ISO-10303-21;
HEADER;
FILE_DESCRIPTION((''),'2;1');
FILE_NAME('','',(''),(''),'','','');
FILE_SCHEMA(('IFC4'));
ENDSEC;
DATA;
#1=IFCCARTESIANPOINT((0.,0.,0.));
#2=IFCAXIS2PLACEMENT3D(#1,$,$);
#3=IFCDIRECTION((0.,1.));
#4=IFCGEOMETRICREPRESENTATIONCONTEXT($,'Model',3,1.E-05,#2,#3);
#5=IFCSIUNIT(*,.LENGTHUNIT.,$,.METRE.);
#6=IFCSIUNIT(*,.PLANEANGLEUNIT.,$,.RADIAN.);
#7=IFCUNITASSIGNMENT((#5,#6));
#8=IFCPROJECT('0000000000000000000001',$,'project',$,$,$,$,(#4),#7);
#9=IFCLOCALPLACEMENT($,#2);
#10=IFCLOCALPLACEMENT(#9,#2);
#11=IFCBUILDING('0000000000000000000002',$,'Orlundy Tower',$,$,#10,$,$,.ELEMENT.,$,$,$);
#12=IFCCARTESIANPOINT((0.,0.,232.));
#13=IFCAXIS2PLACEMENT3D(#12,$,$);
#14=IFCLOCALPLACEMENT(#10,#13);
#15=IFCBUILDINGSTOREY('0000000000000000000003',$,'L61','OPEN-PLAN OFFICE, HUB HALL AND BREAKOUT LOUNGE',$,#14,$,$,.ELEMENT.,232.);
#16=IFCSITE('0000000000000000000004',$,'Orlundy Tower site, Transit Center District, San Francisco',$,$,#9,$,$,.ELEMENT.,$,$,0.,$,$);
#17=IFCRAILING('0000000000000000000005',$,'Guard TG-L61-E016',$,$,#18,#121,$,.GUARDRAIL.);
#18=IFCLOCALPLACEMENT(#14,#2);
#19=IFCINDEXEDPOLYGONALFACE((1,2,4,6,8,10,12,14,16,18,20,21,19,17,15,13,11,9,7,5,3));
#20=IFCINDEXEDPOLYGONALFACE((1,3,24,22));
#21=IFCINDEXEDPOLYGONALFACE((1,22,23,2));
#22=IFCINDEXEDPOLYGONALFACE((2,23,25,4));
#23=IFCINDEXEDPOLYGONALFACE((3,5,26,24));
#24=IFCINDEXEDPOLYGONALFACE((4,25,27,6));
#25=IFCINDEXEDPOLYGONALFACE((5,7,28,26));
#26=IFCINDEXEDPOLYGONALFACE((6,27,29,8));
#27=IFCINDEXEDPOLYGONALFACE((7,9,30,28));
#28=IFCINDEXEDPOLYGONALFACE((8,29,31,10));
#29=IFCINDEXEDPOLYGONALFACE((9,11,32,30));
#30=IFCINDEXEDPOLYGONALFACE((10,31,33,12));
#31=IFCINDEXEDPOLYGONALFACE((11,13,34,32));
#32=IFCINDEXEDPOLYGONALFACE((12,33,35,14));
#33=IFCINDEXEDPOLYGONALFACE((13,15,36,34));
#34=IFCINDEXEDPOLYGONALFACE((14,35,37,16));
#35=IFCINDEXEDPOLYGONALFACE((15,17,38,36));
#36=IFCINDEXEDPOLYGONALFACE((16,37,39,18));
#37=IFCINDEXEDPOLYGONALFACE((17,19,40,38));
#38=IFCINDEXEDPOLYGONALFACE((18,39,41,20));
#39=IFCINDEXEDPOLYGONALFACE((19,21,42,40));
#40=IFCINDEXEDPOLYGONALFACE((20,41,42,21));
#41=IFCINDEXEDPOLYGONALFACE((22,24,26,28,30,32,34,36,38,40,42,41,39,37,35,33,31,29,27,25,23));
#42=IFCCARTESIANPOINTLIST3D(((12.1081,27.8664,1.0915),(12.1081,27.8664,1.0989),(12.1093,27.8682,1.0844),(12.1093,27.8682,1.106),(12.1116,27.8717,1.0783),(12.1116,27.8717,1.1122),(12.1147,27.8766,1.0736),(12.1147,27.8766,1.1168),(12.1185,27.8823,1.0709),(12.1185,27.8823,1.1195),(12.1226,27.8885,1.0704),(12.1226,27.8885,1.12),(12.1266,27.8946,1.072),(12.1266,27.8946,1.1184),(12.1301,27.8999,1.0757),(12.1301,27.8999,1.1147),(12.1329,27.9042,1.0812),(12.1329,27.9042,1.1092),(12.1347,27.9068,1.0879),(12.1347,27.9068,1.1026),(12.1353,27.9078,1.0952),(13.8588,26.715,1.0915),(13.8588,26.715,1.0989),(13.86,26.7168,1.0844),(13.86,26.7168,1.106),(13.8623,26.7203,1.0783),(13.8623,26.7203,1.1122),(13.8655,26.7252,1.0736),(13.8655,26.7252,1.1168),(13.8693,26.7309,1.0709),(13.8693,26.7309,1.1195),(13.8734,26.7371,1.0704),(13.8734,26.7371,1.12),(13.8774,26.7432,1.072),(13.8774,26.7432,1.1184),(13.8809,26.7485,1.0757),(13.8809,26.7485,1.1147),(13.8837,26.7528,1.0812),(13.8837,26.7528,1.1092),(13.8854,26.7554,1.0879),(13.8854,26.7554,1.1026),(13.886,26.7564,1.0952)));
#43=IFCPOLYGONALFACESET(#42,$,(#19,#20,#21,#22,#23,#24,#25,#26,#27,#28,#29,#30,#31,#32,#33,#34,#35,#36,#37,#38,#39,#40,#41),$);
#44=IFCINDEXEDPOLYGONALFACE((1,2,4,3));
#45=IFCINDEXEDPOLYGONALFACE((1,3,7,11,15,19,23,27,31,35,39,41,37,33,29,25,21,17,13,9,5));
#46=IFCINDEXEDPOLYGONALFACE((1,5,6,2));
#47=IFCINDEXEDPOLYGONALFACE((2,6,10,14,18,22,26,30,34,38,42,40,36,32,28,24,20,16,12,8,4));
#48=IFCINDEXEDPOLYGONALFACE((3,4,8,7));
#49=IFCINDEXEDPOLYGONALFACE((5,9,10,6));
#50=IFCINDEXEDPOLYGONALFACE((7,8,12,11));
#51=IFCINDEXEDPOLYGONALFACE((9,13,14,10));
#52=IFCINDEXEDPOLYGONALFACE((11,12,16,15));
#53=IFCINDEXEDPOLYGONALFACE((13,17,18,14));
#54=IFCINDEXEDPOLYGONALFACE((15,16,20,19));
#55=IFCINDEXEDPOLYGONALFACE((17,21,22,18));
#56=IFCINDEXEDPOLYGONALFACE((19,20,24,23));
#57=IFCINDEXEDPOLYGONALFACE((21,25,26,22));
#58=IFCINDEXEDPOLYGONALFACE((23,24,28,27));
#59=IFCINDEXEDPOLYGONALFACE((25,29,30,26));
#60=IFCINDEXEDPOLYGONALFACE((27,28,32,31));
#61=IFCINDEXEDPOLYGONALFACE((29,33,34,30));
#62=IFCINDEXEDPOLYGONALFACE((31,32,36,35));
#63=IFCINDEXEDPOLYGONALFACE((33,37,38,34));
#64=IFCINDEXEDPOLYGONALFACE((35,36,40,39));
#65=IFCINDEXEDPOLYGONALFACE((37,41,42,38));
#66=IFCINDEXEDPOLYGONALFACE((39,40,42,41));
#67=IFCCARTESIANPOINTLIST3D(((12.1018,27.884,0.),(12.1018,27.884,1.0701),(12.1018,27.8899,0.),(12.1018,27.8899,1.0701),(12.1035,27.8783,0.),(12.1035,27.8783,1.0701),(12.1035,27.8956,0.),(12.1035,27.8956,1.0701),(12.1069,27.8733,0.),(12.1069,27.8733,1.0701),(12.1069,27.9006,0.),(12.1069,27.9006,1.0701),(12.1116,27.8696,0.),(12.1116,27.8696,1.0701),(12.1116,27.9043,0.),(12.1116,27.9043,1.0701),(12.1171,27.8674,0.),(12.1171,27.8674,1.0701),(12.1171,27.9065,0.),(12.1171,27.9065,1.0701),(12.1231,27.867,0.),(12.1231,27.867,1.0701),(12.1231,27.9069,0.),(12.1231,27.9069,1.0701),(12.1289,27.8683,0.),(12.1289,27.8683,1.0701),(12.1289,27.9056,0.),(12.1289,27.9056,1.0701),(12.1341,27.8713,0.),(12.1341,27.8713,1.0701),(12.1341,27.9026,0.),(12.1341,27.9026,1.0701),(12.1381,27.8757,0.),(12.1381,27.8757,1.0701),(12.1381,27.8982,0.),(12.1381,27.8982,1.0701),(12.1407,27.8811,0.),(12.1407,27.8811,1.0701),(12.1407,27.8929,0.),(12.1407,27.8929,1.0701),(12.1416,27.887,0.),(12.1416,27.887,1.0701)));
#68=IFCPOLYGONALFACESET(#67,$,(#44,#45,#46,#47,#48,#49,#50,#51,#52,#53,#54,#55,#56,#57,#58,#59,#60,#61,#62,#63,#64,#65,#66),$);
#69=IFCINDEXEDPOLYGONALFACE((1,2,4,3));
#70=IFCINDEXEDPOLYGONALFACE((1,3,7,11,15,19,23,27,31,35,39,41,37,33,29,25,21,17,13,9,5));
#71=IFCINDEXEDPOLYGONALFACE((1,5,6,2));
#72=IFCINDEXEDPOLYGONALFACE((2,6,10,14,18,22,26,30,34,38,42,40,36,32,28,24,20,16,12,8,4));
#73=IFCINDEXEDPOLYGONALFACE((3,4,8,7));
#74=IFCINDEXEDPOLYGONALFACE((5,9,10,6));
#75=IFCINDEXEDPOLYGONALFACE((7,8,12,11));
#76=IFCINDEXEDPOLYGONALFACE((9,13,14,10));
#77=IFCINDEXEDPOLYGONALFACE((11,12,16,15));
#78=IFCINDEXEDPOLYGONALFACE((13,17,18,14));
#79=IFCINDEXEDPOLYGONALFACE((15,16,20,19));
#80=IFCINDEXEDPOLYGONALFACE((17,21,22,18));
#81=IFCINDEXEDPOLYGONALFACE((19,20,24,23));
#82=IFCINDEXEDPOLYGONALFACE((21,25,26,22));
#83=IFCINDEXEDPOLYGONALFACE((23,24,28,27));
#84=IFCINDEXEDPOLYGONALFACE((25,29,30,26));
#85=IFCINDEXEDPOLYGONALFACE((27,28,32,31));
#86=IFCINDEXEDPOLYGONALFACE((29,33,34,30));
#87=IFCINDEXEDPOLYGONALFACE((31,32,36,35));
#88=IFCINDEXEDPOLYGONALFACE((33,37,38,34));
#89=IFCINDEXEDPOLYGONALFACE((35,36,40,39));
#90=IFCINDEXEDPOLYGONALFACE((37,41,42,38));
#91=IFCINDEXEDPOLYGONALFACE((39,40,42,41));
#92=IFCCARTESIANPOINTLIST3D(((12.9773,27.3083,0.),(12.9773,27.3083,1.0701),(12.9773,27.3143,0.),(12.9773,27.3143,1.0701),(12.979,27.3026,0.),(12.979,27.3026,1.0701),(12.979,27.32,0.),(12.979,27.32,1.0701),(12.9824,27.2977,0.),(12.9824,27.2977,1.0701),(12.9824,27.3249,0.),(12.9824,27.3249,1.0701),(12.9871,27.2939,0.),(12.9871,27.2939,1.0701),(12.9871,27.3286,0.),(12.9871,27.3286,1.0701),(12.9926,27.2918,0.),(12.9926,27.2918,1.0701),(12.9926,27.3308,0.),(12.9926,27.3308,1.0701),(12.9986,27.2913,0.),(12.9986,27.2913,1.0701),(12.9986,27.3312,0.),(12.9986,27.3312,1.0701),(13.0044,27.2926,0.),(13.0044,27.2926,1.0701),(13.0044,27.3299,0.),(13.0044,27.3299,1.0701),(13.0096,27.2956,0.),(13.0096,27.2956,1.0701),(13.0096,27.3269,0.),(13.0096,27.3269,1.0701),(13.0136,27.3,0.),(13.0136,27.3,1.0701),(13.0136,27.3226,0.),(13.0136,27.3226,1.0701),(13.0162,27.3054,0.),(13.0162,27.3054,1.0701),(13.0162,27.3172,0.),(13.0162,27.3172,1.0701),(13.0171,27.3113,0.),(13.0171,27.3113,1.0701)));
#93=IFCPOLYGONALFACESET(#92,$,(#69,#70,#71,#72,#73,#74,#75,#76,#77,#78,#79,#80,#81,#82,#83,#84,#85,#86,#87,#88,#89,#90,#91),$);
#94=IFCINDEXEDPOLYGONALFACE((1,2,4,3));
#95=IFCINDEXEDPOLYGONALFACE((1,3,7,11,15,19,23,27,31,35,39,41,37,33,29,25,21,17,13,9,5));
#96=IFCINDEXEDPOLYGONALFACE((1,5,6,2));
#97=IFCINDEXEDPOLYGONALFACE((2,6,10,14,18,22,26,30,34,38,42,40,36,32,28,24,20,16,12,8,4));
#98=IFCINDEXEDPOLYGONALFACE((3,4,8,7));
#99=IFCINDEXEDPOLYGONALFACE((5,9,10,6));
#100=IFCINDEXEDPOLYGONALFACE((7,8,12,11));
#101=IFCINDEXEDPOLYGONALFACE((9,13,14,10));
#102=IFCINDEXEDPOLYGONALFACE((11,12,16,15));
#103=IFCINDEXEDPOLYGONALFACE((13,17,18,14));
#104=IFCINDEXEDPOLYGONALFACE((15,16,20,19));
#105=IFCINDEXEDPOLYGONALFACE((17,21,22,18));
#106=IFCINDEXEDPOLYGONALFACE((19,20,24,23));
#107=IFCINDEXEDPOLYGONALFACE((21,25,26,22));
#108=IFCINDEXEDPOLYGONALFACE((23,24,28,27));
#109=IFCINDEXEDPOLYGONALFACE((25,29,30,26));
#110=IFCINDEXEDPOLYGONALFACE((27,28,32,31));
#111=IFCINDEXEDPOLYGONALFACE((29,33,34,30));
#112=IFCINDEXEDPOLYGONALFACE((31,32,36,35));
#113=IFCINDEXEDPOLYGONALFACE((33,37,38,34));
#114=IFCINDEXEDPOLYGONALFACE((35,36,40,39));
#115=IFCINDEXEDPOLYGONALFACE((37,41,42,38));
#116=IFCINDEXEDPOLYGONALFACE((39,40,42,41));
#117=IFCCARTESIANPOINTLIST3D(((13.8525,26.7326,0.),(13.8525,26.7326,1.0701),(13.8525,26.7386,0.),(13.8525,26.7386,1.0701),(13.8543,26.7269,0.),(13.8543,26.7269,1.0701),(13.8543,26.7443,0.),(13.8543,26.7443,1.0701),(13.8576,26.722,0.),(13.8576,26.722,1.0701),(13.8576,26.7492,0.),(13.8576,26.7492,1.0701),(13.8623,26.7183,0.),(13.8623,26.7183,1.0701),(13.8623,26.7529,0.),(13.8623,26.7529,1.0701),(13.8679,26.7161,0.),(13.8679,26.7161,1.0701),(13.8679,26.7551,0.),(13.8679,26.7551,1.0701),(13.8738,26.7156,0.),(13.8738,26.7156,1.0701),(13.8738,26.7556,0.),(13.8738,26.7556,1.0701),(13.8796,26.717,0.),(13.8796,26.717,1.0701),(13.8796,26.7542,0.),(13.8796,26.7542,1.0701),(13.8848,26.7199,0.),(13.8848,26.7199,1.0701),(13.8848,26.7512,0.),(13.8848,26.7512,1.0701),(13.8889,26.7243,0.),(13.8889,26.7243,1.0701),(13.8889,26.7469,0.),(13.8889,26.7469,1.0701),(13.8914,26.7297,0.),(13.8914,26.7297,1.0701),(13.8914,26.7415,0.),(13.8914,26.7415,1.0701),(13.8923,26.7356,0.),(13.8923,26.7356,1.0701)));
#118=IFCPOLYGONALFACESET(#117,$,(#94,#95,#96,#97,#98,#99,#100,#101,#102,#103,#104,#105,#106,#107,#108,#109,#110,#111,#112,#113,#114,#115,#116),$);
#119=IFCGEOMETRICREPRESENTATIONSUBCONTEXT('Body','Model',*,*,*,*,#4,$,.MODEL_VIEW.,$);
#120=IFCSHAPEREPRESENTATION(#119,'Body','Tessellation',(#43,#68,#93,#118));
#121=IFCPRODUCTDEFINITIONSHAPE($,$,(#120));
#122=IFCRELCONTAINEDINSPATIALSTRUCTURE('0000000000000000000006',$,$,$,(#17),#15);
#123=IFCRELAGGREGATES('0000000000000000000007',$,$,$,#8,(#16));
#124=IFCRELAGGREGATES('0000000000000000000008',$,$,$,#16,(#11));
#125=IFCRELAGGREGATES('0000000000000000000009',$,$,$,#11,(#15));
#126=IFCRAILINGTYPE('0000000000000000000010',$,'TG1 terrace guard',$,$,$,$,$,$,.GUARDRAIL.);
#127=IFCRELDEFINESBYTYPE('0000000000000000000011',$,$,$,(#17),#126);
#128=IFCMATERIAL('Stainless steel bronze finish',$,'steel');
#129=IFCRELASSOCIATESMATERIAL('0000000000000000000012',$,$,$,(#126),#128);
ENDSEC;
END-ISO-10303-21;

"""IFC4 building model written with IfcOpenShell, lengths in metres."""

from ifc_helpers import new_model, si_unit, direction, frame, origin, origin_2d, place, context, subcontext, project, spatial, circle, extrude, material, type_object, element, save


model = new_model("IFC4")

# Units and contexts
model_context = context("Model", 3, precision=1e-05, world=origin(), true_north=direction((0.0, 1.0)))
body_context = subcontext(model_context, "Body", "Model", "MODEL_VIEW")
ifc_project = project(units=[si_unit("LENGTHUNIT", "METRE"), si_unit("PLANEANGLEUNIT", "RADIAN")], contexts=[model_context])

# Site, building, storey
site_placement = place(None, origin())
site = spatial("IfcSite", under=ifc_project, at=site_placement, Name="Orlundy Tower site, Transit Center District, San Francisco", CompositionType="ELEMENT", RefElevation=0.0)
building_placement = place(site_placement, origin())
building = spatial("IfcBuilding", under=site, at=building_placement, Name="Orlundy Tower", CompositionType="ELEMENT")
storey_placement = place(building_placement, frame((0.0, 0.0, 232.0)))
storey = spatial("IfcBuildingStorey", under=building, at=storey_placement, Name="L61", Description="OPEN-PLAN OFFICE, HUB HALL AND BREAKOUT LOUNGE", CompositionType="ELEMENT", Elevation=232.0)

# Railing
ifc_material_1 = material(Name="Stainless steel bronze finish", Category="steel")
railing_type = type_object("IfcRailingType", Name="TG1 terrace guard", PredefinedType="GUARDRAIL", material=ifc_material_1)
railing_placement = place(storey_placement, frame((12.1216, 27.887, 0.0)))
element("IfcRailing", 1, at=railing_placement, inside=storey, type_object=railing_type, Name="Guard TG-L61-E016", PredefinedType="GUARDRAIL", context=body_context, shape_type="SweptSolid", body=[
    extrude(circle(Radius=0.0249, at=origin_2d()), frame((0.0, 0.0, 1.0952), z_axis=(0.835511, -0.549473, 0.0), x_axis=(0.549473, 0.835511, 0.0)), (0.0, 0.0, 1.0), 2.0955),
    extrude(circle(Radius=0.02, at=origin_2d()), origin(), (0.0, 0.0, 1.0), 1.0701),
    extrude(circle(Radius=0.02, at=origin_2d()), frame((0.8755, -0.5757, 0.0)), (0.0, 0.0, 1.0), 1.0701),
    extrude(circle(Radius=0.02, at=origin_2d()), frame((1.7507, -1.1514, 0.0)), (0.0, 0.0, 1.0), 1.0701),
])

save(model, "model.ifc")
